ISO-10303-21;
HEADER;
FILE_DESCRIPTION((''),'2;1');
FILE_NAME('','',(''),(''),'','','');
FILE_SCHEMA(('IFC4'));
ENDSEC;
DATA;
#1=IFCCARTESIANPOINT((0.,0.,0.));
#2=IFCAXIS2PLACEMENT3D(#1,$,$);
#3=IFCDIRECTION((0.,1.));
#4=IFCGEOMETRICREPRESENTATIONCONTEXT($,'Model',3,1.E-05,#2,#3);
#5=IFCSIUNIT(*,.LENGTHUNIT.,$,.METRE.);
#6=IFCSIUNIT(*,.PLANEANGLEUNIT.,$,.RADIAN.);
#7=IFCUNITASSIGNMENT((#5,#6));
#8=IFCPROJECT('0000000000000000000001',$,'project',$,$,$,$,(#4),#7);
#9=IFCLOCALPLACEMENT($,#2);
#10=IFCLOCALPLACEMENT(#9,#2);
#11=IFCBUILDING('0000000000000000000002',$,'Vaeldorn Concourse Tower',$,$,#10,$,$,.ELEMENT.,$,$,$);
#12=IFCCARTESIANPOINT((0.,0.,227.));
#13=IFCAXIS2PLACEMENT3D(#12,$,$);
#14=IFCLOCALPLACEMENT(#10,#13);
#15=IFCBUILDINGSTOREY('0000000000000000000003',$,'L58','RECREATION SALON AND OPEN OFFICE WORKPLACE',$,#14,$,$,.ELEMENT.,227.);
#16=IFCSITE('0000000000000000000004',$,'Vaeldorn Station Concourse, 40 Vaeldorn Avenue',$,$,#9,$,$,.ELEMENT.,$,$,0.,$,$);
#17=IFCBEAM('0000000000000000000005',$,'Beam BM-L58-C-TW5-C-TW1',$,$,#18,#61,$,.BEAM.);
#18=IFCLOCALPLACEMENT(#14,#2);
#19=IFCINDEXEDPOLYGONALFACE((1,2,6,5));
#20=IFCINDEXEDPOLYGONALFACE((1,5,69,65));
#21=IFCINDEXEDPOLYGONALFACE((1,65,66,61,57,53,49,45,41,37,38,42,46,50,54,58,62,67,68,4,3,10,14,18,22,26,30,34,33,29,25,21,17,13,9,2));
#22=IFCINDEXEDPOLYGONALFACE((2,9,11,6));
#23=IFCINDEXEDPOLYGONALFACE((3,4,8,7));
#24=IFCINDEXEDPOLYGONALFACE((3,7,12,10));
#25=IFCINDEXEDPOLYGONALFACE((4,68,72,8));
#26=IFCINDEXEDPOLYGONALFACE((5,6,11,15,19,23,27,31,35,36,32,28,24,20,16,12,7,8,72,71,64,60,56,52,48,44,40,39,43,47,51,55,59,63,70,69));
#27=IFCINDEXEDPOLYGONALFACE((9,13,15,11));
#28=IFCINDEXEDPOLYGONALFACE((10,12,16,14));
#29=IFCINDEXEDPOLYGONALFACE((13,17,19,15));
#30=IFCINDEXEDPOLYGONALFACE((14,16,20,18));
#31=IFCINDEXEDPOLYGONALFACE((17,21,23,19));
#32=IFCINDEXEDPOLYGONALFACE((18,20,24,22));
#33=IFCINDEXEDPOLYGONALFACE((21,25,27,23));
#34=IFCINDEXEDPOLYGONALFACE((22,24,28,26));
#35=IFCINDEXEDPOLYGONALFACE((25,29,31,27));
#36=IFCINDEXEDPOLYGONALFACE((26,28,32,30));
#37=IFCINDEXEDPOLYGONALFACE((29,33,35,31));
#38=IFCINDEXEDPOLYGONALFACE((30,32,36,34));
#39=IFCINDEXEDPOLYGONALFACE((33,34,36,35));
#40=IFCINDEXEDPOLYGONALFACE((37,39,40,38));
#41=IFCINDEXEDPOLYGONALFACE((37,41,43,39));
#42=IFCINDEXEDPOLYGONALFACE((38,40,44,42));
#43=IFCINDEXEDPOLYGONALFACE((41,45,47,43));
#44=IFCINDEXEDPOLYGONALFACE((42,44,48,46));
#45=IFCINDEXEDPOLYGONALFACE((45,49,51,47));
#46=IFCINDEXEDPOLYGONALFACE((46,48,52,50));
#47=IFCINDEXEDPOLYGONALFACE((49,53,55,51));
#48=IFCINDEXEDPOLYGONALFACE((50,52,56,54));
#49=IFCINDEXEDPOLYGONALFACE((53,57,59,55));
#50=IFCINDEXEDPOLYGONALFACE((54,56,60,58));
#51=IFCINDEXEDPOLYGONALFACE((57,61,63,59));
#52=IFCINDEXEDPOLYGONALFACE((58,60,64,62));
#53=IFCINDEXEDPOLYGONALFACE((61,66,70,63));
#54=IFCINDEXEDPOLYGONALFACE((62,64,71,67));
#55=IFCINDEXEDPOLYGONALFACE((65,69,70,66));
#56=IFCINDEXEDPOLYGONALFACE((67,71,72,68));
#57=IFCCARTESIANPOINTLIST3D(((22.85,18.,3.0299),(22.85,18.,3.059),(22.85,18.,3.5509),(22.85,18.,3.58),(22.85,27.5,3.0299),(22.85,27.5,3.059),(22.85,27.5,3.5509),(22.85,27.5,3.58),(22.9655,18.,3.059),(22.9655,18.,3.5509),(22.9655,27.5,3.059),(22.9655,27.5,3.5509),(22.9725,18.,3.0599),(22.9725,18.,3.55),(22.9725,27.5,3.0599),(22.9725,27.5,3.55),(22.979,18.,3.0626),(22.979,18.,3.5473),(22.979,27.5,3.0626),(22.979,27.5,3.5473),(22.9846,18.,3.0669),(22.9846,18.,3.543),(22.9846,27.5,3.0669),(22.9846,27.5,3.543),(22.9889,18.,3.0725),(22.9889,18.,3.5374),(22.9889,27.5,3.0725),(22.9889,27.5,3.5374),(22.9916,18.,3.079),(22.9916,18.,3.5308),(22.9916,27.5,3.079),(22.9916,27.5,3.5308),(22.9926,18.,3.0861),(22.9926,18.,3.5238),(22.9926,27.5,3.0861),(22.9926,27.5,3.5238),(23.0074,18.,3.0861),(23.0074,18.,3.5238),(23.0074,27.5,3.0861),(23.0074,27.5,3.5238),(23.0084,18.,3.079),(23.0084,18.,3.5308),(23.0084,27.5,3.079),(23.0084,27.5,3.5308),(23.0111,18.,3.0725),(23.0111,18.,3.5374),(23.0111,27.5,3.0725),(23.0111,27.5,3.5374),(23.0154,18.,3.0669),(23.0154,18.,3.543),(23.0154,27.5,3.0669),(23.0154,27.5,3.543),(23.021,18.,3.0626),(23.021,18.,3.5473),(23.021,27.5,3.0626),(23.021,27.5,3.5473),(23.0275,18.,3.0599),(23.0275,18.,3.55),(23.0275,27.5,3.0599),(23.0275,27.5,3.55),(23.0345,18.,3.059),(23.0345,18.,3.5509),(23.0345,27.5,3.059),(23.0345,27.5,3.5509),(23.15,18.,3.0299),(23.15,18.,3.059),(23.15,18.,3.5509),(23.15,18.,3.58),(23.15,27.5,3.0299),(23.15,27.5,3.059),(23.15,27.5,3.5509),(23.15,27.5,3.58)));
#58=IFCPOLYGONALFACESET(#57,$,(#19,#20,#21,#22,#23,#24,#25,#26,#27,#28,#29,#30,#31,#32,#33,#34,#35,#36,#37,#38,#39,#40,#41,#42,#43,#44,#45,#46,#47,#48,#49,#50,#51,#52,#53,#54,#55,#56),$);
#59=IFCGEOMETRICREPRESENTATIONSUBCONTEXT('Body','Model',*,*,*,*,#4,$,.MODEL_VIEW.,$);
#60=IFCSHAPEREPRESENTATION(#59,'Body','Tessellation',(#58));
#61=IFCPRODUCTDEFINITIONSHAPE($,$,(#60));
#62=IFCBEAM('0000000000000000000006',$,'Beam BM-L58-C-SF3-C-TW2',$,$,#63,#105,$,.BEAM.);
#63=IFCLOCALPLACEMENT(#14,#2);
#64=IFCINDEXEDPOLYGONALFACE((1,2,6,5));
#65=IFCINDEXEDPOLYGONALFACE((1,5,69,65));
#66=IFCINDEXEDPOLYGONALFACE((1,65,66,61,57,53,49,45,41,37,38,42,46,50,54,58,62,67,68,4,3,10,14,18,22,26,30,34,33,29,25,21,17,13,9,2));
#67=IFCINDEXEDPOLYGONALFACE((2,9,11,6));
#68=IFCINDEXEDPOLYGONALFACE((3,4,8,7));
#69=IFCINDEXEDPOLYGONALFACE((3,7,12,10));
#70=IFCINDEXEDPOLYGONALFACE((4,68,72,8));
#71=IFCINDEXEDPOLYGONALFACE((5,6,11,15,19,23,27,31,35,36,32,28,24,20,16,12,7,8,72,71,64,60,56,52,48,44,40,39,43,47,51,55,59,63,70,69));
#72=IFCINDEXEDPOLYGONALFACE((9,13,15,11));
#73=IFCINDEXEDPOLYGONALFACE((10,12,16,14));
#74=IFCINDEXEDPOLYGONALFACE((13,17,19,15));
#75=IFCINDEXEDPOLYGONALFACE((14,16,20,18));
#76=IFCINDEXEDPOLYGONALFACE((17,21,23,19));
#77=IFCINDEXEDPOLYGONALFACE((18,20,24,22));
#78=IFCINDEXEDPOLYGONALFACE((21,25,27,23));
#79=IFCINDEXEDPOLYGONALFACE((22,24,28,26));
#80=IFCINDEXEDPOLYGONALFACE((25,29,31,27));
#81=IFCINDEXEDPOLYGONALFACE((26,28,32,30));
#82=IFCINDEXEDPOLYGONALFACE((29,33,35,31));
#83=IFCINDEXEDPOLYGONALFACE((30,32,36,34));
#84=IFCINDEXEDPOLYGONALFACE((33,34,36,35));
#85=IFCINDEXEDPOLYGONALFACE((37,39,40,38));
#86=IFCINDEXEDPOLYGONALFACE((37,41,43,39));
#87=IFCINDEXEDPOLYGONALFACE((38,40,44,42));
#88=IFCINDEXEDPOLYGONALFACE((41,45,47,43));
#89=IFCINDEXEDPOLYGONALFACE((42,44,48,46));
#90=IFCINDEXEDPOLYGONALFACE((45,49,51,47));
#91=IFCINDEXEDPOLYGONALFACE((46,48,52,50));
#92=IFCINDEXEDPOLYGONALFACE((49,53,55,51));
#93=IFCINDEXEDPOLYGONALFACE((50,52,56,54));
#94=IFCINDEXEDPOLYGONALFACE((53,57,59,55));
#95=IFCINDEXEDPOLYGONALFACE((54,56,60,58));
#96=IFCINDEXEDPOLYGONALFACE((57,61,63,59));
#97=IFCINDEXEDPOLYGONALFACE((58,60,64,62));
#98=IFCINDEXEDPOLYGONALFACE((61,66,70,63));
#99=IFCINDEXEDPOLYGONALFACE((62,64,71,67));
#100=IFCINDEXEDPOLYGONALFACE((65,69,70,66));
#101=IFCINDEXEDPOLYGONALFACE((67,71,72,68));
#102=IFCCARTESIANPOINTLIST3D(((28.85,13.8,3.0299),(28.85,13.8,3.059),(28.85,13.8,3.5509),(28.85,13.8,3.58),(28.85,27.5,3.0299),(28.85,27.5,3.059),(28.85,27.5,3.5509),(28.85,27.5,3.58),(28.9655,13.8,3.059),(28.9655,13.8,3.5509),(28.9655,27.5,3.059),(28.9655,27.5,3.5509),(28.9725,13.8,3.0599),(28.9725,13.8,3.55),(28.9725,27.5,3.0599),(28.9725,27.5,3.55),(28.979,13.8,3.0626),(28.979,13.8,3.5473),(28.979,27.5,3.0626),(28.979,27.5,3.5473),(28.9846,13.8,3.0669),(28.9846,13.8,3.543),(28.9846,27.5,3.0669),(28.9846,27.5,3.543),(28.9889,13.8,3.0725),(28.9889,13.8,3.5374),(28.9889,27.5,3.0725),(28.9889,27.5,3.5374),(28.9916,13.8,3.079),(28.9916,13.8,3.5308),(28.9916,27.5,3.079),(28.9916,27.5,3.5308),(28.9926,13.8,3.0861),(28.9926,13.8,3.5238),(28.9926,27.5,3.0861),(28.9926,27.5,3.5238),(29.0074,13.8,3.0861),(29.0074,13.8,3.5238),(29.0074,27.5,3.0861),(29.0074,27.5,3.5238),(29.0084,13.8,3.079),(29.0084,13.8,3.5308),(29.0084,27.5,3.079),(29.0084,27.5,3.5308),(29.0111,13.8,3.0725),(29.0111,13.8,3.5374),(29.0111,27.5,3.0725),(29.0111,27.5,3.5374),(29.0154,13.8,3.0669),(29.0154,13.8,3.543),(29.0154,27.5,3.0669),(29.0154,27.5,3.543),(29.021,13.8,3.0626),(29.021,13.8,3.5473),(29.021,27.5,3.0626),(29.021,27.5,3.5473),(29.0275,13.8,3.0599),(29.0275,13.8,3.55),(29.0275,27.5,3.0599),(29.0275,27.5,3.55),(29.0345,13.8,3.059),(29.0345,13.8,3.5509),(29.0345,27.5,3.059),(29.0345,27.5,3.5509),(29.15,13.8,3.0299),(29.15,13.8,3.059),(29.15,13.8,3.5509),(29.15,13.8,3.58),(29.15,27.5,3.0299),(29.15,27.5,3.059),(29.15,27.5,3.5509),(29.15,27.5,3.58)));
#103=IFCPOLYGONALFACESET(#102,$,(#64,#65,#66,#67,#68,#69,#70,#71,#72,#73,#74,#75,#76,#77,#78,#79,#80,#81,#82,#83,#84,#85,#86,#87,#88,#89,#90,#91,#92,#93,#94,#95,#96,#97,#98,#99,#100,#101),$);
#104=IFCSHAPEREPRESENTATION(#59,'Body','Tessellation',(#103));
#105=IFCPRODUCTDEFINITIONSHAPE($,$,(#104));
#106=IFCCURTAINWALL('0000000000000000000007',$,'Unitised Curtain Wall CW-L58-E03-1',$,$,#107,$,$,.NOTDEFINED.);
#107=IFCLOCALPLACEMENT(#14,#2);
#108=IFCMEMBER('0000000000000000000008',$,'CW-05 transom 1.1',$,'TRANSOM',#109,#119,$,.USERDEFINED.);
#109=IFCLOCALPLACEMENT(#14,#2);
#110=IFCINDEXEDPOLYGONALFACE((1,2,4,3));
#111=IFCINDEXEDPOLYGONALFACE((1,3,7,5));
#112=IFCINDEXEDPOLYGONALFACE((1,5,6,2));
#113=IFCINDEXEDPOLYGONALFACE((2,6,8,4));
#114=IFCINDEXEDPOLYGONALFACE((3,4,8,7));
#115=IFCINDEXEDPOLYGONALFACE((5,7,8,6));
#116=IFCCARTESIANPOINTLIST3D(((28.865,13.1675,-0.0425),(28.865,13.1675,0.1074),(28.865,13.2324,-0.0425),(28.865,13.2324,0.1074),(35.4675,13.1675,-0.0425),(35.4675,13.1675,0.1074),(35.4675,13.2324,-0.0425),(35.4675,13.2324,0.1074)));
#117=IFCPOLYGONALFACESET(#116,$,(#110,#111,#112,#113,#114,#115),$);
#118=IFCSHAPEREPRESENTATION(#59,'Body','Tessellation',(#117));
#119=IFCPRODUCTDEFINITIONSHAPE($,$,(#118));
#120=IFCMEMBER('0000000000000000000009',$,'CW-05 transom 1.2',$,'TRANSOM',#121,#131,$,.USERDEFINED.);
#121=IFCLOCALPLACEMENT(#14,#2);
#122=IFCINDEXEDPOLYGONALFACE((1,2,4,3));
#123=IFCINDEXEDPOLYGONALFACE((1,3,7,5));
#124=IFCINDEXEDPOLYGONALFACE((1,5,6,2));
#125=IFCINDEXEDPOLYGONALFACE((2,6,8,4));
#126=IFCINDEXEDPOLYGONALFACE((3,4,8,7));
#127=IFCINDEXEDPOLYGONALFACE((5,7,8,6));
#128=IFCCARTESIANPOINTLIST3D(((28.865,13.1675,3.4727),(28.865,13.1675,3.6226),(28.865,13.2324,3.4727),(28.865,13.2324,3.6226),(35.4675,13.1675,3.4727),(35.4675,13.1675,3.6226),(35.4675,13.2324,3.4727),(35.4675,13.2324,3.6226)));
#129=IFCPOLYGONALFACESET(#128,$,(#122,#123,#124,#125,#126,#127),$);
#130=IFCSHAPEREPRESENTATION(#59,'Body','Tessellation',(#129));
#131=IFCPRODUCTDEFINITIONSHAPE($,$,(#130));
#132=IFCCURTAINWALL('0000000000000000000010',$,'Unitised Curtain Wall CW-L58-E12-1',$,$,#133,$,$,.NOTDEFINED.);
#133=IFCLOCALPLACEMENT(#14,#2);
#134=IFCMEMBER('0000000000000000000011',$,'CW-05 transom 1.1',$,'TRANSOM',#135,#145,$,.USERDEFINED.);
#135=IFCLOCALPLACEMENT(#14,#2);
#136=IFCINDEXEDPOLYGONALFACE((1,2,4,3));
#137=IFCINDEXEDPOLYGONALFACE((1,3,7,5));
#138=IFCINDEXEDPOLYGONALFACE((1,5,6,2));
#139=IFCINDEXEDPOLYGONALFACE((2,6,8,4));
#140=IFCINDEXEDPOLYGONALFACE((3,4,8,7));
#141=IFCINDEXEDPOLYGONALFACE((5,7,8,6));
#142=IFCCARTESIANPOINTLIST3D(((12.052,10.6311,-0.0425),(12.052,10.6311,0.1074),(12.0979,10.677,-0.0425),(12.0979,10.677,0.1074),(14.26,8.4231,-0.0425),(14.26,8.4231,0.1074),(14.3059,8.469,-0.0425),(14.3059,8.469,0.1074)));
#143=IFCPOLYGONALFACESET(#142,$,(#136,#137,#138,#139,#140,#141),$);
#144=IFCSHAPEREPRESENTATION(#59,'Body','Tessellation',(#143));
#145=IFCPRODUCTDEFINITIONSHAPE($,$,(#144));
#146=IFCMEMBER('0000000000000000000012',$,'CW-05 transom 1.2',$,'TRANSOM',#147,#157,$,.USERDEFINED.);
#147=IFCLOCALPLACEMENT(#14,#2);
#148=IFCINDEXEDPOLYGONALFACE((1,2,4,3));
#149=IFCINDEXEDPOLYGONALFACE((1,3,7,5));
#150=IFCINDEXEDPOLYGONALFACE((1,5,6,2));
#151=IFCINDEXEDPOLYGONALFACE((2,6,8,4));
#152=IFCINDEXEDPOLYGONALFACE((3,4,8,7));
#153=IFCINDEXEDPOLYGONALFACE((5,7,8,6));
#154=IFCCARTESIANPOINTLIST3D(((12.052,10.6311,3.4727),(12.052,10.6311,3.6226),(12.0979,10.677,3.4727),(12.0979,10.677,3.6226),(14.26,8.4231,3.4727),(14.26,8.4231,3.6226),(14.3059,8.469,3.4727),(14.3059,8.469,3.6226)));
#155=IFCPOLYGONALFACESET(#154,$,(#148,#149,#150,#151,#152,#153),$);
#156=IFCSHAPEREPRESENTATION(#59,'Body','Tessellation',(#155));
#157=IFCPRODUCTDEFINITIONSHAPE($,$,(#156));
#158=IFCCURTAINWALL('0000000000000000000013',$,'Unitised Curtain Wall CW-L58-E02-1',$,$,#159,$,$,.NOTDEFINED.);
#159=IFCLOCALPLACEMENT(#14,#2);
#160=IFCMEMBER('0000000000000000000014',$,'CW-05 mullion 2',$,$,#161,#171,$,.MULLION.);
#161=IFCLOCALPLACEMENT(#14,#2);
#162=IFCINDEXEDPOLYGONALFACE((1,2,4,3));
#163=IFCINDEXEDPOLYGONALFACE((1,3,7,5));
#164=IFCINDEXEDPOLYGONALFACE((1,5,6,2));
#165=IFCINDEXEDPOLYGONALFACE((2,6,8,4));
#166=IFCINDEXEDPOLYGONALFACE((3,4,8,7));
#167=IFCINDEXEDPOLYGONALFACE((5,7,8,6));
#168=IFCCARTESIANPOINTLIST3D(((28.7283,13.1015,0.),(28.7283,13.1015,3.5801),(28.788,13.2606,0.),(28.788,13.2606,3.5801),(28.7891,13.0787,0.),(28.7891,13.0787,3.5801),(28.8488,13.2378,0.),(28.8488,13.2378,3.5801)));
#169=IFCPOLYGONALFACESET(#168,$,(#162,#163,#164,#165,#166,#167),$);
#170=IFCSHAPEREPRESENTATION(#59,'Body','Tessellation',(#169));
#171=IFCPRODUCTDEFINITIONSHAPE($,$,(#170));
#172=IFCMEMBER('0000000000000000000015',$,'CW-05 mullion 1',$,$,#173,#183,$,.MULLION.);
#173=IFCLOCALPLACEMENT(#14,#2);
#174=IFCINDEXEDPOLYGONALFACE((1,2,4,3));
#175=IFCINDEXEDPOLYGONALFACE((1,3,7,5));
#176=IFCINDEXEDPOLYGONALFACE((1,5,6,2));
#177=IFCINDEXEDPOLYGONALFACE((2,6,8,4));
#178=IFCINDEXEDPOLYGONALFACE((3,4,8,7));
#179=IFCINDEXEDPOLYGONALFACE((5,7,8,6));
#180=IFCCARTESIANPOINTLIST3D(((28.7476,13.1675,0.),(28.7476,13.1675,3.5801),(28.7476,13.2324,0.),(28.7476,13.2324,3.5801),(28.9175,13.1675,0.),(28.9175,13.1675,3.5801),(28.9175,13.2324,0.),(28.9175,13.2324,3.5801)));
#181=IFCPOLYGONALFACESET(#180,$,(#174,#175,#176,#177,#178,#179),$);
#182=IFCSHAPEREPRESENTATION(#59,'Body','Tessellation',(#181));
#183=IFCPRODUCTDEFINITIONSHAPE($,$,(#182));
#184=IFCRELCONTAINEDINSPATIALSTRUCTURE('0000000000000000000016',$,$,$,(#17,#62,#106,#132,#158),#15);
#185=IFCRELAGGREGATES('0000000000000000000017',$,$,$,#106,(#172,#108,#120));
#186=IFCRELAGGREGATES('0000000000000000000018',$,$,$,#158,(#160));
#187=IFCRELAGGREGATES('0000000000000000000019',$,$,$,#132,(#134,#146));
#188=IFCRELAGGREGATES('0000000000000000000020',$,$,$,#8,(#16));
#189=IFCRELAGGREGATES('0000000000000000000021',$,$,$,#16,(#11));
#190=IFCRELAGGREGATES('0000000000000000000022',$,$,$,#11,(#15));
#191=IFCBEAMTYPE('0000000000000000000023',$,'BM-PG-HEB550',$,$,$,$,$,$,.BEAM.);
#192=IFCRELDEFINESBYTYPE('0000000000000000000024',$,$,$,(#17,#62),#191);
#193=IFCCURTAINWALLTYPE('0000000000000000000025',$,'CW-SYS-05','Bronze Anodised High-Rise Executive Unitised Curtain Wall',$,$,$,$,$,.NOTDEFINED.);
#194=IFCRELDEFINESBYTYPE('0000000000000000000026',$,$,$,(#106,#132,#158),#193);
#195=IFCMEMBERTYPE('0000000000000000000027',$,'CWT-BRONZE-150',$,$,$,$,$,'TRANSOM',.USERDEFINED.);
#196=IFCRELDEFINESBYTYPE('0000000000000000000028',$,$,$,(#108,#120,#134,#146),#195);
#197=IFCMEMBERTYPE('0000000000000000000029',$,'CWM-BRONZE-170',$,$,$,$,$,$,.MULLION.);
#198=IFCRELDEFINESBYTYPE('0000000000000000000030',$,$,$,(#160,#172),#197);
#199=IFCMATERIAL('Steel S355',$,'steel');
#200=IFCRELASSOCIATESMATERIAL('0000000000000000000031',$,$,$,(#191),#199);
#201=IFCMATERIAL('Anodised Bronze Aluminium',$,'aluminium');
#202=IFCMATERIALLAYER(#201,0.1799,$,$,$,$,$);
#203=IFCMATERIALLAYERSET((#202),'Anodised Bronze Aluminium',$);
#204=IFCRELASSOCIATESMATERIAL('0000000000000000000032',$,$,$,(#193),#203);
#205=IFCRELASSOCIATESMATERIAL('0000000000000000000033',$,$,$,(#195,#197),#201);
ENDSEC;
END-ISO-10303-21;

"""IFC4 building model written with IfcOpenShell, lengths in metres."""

from ifc_helpers import new_model, si_unit, direction, frame, origin, origin_2d, place, context, subcontext, project, spatial, rectangle, i_section, extrude, source, transform, mapped, material, layer, layer_set, material_profile, profile_set, type_object, element, aggregate, save


model = new_model("IFC4")

# Units and contexts
model_context = context("Model", 3, precision=1e-05, world=origin(), true_north=direction((0.0, 1.0)))
body_context = subcontext(model_context, "Body", "Model", "MODEL_VIEW")
ifc_project = project(units=[si_unit("LENGTHUNIT", "METRE"), si_unit("PLANEANGLEUNIT", "RADIAN")], contexts=[model_context])

# Site, building, storey
site_placement = place(None, origin())
site = spatial("IfcSite", under=ifc_project, at=site_placement, Name="Vaeldorn Station Concourse, 40 Vaeldorn Avenue", CompositionType="ELEMENT", RefElevation=0.0)
building_placement = place(site_placement, origin())
building = spatial("IfcBuilding", under=site, at=building_placement, Name="Vaeldorn Concourse Tower", CompositionType="ELEMENT")
storey_placement = place(building_placement, frame((0.0, 0.0, 227.0)))
storey = spatial("IfcBuildingStorey", under=building, at=storey_placement, Name="L58", Description="RECREATION SALON AND OPEN OFFICE WORKPLACE", CompositionType="ELEMENT", Elevation=227.0)

# Shared definitions
ifc_material_1 = material(Name="Steel S355", Category="steel")

# Beams
ifc_material_profile_1 = material_profile(ifc_material_1, i_section(OverallWidth=0.3, OverallDepth=0.55, WebThickness=0.0149, FlangeThickness=0.0291, FilletRadius=0.0271, at=origin_2d()), Name="HEB 550")
ifc_profile_set_1 = profile_set([ifc_material_profile_1], Name="Steel S355")
beam_type_1 = type_object("IfcBeamType", Name="BM-PG-HEB550", PredefinedType="BEAM", material=ifc_profile_set_1)
shared_shape_1 = source(origin(), body_context, "Body", "SweptSolid", [
    extrude(i_section(OverallWidth=0.3, OverallDepth=0.55, WebThickness=0.0149, FlangeThickness=0.0291, FilletRadius=0.0271, at=origin_2d()), origin(), (0.0, 0.0, 1.0), 9.5),
])
beam_1_placement = place(storey_placement, frame((23.0, 18.0, 3.3049), z_axis=(0.0, 1.0, 0.0), x_axis=(-1.0, 0.0, 0.0)))
element("IfcBeam", 1, at=beam_1_placement, inside=storey, type_object=beam_type_1, Name="Beam BM-L58-C-TW5-C-TW1", PredefinedType="BEAM", context=body_context, shape_type="MappedRepresentation", body=[
    mapped(shared_shape_1, transform((0.0, 0.0, 0.0), scale=1.0)),
])
shared_shape_2 = source(origin(), body_context, "Body", "SweptSolid", [
    extrude(i_section(OverallWidth=0.3, OverallDepth=0.55, WebThickness=0.0149, FlangeThickness=0.0291, FilletRadius=0.0271, at=origin_2d()), origin(), (0.0, 0.0, 1.0), 13.7),
])
beam_2_placement = place(storey_placement, frame((29.0, 13.8, 3.3049), z_axis=(0.0, 1.0, 0.0), x_axis=(-1.0, 0.0, 0.0)))
element("IfcBeam", 2, at=beam_2_placement, inside=storey, type_object=beam_type_1, Name="Beam BM-L58-C-SF3-C-TW2", PredefinedType="BEAM", context=body_context, shape_type="MappedRepresentation", body=[
    mapped(shared_shape_2, transform((0.0, 0.0, 0.0), scale=1.0)),
])

# Curtain walls, members
ifc_material_2 = material(Name="Anodised Bronze Aluminium", Category="aluminium")
ifc_layer_1 = layer(ifc_material_2, 0.1799)
ifc_layer_set_1 = layer_set([ifc_layer_1], Name="Anodised Bronze Aluminium")
curtain_wall_type = type_object("IfcCurtainWallType", Name="CW-SYS-05", Description="Bronze Anodised High-Rise Executive Unitised Curtain Wall", PredefinedType="NOTDEFINED", material=ifc_layer_set_1)
curtain_wall_1_placement = place(storey_placement, origin())
curtain_wall_1 = element("IfcCurtainWall", 3, at=curtain_wall_1_placement, inside=storey, type_object=curtain_wall_type, Name="Unitised Curtain Wall CW-L58-E03-1", PredefinedType="NOTDEFINED")
ifc_material_profile_2 = material_profile(ifc_material_2, rectangle(XDim=0.0649, YDim=0.1499, at=origin_2d()), Name="CWT 65x150")
ifc_profile_set_2 = profile_set([ifc_material_profile_2], Name="Anodised Bronze Aluminium")
member_type_1 = type_object("IfcMemberType", Name="CWT-BRONZE-150", ElementType="TRANSOM", PredefinedType="USERDEFINED", material=ifc_profile_set_2)
shared_shape_3 = source(origin(), body_context, "Body", "SweptSolid", [
    extrude(rectangle(XDim=0.0649, YDim=0.1499, at=origin_2d()), origin(), (0.0, 0.0, 1.0), 6.6025),
])
member_1_placement = place(storey_placement, frame((28.865, 13.2, 0.0325), z_axis=(1.0, 0.0, 0.0), x_axis=(0.0, 1.0, 0.0)))
member_1 = element("IfcMember", 4, at=member_1_placement, type_object=member_type_1, Name="CW-05 transom 1.1", ObjectType="TRANSOM", PredefinedType="USERDEFINED", context=body_context, shape_type="MappedRepresentation", body=[
    mapped(shared_shape_3, transform((0.0, 0.0, 0.0), scale=1.0)),
])
member_2_placement = place(storey_placement, frame((28.865, 13.2, 3.5476), z_axis=(1.0, 0.0, 0.0), x_axis=(0.0, 1.0, 0.0)))
member_2 = element("IfcMember", 5, at=member_2_placement, type_object=member_type_1, Name="CW-05 transom 1.2", ObjectType="TRANSOM", PredefinedType="USERDEFINED", context=body_context, shape_type="MappedRepresentation", body=[
    mapped(shared_shape_3, transform((0.0, 0.0, 0.0), scale=1.0)),
])
curtain_wall_2_placement = place(storey_placement, origin())
curtain_wall_2 = element("IfcCurtainWall", 6, at=curtain_wall_2_placement, inside=storey, type_object=curtain_wall_type, Name="Unitised Curtain Wall CW-L58-E12-1", PredefinedType="NOTDEFINED")
shared_shape_4 = source(origin(), body_context, "Body", "SweptSolid", [
    extrude(rectangle(XDim=0.0649, YDim=0.1499, at=origin_2d()), origin(), (0.0, 0.0, 1.0), 3.1226),
])
member_3_placement = place(storey_placement, frame((12.075, 10.6541, 0.0325), z_axis=(0.707107, -0.707107, 0.0), x_axis=(0.707107, 0.707107, 0.0)))
member_3 = element("IfcMember", 7, at=member_3_placement, type_object=member_type_1, Name="CW-05 transom 1.1", ObjectType="TRANSOM", PredefinedType="USERDEFINED", context=body_context, shape_type="MappedRepresentation", body=[
    mapped(shared_shape_4, transform((0.0, 0.0, 0.0), scale=1.0)),
])
member_4_placement = place(storey_placement, frame((12.075, 10.6541, 3.5476), z_axis=(0.707107, -0.707107, 0.0), x_axis=(0.707107, 0.707107, 0.0)))
member_4 = element("IfcMember", 8, at=member_4_placement, type_object=member_type_1, Name="CW-05 transom 1.2", ObjectType="TRANSOM", PredefinedType="USERDEFINED", context=body_context, shape_type="MappedRepresentation", body=[
    mapped(shared_shape_4, transform((0.0, 0.0, 0.0), scale=1.0)),
])

# Curtain wall, member
curtain_wall_3_placement = place(storey_placement, origin())
curtain_wall_3 = element("IfcCurtainWall", 9, at=curtain_wall_3_placement, inside=storey, type_object=curtain_wall_type, Name="Unitised Curtain Wall CW-L58-E02-1", PredefinedType="NOTDEFINED")
ifc_material_profile_3 = material_profile(ifc_material_2, rectangle(XDim=0.0649, YDim=0.1699, at=origin_2d()), Name="CWM 65x170")
ifc_profile_set_3 = profile_set([ifc_material_profile_3], Name="Anodised Bronze Aluminium")
member_type_2 = type_object("IfcMemberType", Name="CWM-BRONZE-170", PredefinedType="MULLION", material=ifc_profile_set_3)
shared_shape_5 = source(origin(), body_context, "Body", "SweptSolid", [
    extrude(rectangle(XDim=0.0649, YDim=0.1699, at=origin_2d()), origin(), (0.0, 0.0, 1.0), 3.5801),
])
member_5_placement = place(storey_placement, frame((28.7886, 13.1697, 0.0), z_axis=(0.0, 0.0, 1.0), x_axis=(-0.936329, 0.351123, 0.0)))
member_5 = element("IfcMember", 10, at=member_5_placement, type_object=member_type_2, Name="CW-05 mullion 2", PredefinedType="MULLION", context=body_context, shape_type="MappedRepresentation", body=[
    mapped(shared_shape_5, transform((0.0, 0.0, 0.0), scale=1.0)),
])

# Member
member_6_placement = place(storey_placement, frame((28.8325, 13.2, 0.0), z_axis=(0.0, 0.0, 1.0), x_axis=(0.0, 1.0, 0.0)))
member_6 = element("IfcMember", 11, at=member_6_placement, type_object=member_type_2, Name="CW-05 mullion 1", PredefinedType="MULLION", context=body_context, shape_type="MappedRepresentation", body=[
    mapped(shared_shape_5, transform((0.0, 0.0, 0.0), scale=1.0)),
])
aggregate(curtain_wall_1, [member_6, member_1, member_2])

aggregate(curtain_wall_3, [member_5])
aggregate(curtain_wall_2, [member_3, member_4])

save(model, "model.ifc")
